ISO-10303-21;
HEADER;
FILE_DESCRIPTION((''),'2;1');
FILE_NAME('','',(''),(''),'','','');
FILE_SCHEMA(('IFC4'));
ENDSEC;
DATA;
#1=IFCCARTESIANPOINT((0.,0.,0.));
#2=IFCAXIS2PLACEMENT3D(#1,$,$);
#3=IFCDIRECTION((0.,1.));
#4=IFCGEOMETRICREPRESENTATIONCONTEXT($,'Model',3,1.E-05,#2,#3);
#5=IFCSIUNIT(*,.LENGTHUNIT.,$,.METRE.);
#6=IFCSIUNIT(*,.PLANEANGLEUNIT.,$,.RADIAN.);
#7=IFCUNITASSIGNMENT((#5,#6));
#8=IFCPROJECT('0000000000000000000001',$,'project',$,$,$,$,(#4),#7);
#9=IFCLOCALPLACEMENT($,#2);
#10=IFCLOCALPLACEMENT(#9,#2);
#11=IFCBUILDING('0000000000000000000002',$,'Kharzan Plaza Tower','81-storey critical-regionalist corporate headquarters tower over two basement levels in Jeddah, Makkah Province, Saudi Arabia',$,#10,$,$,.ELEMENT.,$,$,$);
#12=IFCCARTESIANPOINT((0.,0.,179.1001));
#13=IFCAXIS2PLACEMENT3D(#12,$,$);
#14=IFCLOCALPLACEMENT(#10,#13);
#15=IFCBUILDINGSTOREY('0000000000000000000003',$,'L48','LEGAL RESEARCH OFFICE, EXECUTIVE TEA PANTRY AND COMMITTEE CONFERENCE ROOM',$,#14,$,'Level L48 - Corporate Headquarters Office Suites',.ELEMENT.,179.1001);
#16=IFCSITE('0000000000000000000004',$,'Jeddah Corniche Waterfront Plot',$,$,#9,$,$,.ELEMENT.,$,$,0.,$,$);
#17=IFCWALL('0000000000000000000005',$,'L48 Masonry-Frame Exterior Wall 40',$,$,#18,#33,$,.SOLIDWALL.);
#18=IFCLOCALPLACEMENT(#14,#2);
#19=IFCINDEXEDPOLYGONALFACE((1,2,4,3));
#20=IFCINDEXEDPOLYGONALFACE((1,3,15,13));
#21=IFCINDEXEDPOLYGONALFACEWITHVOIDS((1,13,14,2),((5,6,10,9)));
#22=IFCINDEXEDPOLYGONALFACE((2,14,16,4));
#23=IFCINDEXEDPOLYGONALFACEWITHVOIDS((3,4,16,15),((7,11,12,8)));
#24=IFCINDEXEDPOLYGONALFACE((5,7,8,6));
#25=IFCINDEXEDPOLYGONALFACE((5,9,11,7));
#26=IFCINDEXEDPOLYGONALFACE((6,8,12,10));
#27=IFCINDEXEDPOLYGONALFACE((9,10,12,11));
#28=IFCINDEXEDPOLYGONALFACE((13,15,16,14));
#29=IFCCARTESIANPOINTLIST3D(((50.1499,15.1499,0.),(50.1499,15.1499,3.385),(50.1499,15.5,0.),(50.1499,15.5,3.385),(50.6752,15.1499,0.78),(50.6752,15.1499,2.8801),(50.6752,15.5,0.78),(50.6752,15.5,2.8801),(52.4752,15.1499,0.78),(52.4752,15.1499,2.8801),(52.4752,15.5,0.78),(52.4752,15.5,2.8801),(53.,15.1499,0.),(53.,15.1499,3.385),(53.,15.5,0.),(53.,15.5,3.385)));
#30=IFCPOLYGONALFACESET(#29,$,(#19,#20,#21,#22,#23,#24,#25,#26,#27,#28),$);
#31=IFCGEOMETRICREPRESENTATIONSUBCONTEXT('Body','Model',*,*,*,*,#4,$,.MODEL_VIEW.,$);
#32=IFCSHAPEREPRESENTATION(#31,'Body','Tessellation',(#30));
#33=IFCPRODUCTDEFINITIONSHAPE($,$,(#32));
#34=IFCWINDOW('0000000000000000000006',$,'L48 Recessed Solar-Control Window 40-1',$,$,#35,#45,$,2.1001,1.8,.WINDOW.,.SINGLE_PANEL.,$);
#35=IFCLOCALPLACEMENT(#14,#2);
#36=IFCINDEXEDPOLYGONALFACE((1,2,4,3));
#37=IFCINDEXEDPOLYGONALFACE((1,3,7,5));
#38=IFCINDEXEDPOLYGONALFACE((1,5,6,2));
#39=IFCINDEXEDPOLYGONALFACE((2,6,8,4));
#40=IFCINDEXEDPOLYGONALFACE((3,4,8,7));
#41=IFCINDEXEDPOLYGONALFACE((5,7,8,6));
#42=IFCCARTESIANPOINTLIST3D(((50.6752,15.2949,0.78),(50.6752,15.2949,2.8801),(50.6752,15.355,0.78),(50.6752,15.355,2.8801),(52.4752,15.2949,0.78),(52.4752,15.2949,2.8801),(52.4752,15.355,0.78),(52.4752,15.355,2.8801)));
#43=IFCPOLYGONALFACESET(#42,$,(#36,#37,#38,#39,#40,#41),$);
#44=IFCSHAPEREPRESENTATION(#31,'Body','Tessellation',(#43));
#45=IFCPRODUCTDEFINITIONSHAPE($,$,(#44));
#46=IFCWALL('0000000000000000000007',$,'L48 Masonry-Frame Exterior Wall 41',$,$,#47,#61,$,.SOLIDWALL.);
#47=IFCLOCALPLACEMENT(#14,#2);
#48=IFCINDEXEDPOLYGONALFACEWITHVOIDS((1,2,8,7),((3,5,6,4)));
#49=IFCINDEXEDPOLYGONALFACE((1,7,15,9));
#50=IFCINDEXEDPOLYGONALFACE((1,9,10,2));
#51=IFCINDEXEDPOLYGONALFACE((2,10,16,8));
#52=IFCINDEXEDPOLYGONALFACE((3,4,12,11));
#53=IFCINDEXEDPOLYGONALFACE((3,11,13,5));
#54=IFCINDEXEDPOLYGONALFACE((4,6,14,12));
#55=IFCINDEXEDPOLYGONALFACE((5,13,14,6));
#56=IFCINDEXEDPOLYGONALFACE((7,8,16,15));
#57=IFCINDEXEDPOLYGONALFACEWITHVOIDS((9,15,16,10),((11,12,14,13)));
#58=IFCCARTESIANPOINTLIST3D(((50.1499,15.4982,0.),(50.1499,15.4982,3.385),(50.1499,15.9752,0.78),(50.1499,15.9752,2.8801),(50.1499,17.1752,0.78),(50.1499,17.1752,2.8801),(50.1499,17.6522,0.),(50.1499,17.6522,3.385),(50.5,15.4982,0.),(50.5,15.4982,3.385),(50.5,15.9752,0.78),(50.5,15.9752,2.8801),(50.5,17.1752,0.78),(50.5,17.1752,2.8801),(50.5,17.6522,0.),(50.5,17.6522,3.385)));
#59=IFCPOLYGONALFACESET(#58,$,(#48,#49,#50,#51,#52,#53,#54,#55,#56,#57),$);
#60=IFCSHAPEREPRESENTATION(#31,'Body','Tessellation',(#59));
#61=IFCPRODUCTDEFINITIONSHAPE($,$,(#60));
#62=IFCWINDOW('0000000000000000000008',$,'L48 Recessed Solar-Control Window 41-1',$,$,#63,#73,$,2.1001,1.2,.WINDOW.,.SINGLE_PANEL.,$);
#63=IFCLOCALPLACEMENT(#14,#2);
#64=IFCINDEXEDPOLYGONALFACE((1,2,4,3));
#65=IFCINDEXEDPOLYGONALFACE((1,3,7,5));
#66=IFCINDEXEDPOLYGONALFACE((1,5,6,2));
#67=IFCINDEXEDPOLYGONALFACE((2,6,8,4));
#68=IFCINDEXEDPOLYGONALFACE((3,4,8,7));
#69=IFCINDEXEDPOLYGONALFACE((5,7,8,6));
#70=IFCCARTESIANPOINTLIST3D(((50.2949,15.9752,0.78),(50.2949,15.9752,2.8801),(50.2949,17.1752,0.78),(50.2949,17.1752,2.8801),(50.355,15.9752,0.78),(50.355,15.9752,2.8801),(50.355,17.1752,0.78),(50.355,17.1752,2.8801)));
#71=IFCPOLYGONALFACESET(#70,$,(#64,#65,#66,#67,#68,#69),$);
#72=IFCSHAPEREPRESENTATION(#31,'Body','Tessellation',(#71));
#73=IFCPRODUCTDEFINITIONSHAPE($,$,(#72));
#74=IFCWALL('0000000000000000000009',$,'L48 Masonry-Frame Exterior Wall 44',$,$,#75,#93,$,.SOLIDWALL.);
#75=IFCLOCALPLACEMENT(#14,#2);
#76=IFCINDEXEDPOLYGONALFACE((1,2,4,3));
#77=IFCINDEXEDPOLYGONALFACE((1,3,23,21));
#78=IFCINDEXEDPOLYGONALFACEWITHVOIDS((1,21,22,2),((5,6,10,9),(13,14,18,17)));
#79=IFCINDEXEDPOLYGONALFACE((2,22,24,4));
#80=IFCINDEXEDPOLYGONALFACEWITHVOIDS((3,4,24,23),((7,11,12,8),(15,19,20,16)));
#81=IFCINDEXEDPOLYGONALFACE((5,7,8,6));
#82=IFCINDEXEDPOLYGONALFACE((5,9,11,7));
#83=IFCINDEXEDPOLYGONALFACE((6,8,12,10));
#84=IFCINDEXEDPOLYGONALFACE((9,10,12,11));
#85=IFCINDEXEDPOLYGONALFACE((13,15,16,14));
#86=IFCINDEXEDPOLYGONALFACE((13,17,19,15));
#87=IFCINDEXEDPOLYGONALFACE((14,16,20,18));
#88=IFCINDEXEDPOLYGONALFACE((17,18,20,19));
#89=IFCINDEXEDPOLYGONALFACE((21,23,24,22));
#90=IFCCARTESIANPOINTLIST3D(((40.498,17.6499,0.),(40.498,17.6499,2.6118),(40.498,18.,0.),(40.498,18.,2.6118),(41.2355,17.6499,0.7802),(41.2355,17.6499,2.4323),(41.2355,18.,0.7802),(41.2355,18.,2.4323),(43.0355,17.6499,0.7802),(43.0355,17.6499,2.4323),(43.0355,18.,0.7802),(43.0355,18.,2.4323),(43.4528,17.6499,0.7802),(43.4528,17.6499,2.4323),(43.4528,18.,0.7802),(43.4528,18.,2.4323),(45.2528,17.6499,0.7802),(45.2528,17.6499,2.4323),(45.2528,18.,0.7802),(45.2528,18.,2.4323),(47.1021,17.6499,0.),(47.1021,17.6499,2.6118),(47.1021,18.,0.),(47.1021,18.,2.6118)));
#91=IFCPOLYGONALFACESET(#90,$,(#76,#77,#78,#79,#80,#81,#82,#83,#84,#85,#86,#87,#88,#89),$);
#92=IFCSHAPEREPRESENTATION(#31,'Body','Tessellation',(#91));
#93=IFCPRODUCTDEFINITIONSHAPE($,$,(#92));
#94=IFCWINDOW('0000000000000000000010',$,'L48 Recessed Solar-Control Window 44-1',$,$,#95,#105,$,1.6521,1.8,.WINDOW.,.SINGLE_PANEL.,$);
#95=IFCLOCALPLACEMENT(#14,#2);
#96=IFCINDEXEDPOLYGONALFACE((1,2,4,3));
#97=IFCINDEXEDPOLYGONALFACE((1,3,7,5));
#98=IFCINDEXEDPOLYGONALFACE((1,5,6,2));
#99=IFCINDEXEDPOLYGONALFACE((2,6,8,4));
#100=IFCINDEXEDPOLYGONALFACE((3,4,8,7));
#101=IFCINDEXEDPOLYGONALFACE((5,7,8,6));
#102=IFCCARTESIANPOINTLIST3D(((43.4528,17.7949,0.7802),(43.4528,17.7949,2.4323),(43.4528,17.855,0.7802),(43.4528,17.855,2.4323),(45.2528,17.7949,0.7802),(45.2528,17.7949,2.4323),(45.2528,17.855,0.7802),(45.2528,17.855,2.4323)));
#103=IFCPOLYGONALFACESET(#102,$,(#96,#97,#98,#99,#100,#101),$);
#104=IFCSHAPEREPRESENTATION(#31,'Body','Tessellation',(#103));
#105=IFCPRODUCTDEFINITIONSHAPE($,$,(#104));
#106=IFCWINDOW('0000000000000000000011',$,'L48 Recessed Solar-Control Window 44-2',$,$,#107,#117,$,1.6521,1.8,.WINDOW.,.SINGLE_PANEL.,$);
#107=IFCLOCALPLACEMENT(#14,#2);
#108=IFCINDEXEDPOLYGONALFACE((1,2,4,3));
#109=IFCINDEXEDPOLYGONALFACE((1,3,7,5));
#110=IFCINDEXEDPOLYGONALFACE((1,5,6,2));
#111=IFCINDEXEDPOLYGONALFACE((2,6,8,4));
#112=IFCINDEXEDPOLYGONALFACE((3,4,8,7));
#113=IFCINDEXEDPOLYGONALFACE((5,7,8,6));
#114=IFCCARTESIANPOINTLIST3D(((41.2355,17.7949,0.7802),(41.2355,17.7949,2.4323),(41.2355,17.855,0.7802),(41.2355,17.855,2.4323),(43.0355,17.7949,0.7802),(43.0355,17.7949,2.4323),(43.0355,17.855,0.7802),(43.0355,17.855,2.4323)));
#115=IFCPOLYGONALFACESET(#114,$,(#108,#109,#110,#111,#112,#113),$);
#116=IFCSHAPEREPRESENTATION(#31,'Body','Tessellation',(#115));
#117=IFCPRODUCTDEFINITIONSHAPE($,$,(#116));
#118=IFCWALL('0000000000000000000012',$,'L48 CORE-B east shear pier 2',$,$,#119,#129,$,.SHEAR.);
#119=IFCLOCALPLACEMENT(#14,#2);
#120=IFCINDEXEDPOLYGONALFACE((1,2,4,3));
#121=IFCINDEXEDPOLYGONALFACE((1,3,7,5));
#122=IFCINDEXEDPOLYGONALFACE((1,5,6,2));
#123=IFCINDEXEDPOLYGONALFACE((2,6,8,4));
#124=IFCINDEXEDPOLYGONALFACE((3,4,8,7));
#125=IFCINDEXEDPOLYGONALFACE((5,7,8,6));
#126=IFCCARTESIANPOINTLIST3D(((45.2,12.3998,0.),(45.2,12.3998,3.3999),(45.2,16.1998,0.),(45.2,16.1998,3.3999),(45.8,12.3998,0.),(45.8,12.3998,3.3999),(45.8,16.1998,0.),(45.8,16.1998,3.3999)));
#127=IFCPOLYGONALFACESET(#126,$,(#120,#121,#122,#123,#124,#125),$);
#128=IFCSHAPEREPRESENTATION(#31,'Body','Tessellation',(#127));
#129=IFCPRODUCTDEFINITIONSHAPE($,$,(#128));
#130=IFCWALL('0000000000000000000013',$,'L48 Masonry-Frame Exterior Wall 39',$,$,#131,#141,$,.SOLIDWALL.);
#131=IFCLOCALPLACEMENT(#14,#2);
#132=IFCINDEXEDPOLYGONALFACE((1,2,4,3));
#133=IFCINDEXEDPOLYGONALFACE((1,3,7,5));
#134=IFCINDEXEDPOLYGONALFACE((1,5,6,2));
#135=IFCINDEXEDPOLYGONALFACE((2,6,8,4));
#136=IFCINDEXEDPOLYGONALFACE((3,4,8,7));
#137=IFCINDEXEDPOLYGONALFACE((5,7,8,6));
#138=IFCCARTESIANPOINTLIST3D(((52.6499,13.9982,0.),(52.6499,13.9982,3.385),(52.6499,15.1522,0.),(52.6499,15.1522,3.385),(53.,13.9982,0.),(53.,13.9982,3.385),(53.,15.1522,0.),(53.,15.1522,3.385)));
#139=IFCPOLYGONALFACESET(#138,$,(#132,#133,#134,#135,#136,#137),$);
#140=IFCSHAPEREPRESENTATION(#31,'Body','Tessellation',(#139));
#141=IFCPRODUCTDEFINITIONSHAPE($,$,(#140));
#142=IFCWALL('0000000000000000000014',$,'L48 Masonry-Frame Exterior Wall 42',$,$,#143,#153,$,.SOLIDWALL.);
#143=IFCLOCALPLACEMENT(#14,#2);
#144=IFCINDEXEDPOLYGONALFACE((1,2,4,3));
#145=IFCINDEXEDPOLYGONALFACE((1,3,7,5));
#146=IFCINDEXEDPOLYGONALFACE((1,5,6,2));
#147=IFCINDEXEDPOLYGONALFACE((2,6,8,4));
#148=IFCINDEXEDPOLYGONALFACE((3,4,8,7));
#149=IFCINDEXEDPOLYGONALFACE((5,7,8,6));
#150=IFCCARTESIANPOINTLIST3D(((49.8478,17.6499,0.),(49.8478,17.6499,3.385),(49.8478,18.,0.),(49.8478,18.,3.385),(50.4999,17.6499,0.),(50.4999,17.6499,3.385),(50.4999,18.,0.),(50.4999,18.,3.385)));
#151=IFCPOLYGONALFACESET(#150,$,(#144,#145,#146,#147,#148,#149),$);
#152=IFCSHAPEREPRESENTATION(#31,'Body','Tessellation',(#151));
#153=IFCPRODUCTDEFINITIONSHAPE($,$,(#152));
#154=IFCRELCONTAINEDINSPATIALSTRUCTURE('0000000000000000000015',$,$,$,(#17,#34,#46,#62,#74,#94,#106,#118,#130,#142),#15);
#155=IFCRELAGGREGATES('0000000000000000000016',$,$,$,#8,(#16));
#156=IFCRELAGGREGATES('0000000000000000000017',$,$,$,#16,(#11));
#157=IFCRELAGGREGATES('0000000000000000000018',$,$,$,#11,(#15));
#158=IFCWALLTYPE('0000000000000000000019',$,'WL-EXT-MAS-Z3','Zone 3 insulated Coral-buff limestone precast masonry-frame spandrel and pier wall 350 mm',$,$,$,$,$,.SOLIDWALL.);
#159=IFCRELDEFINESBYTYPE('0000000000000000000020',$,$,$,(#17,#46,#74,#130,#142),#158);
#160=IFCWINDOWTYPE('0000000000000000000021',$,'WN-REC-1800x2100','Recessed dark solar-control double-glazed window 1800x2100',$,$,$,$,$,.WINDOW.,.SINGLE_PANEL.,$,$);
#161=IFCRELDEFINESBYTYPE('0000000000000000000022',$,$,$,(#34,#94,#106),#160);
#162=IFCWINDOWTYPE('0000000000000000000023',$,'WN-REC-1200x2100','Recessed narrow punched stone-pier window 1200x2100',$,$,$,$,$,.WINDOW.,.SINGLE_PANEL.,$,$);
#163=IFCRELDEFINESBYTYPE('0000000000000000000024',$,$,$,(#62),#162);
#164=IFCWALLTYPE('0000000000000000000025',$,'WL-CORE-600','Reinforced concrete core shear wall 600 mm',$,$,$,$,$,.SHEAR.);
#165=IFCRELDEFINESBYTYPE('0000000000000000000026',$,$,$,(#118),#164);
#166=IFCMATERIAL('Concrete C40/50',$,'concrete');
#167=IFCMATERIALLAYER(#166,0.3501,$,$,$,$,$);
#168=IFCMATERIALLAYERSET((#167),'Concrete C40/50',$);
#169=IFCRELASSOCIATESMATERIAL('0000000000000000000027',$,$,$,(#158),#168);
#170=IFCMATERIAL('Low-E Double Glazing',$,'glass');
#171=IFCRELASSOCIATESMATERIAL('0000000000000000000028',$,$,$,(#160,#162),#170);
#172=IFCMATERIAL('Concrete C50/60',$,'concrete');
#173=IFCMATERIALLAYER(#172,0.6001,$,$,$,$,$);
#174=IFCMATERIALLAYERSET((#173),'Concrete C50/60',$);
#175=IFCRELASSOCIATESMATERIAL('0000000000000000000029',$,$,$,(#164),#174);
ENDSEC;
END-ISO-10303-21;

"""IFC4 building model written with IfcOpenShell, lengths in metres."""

from ifc_helpers import new_model, si_unit, direction, frame, frame_2d, origin, place, context, subcontext, project, spatial, rectangle, extrude, source, transform, mapped, material, layer, layer_set, type_object, element, fill, save


model = new_model("IFC4")

# Units and contexts
model_context = context("Model", 3, precision=1e-05, world=origin(), true_north=direction((0.0, 1.0)))
body_context = subcontext(model_context, "Body", "Model", "MODEL_VIEW")
ifc_project = project(units=[si_unit("LENGTHUNIT", "METRE"), si_unit("PLANEANGLEUNIT", "RADIAN")], contexts=[model_context])

# Site, building, storey
site_placement = place(None, origin())
site = spatial("IfcSite", under=ifc_project, at=site_placement, Name="Jeddah Corniche Waterfront Plot", CompositionType="ELEMENT", RefElevation=0.0)
building_placement = place(site_placement, origin())
building = spatial("IfcBuilding", under=site, at=building_placement, Name="Kharzan Plaza Tower", Description="81-storey critical-regionalist corporate headquarters tower over two basement levels in Jeddah, Makkah Province, Saudi Arabia", CompositionType="ELEMENT")
storey_placement = place(building_placement, frame((0.0, 0.0, 179.1001)))
storey = spatial("IfcBuildingStorey", under=building, at=storey_placement, Name="L48", Description="LEGAL RESEARCH OFFICE, EXECUTIVE TEA PANTRY AND COMMITTEE CONFERENCE ROOM", LongName="Level L48 - Corporate Headquarters Office Suites", CompositionType="ELEMENT", Elevation=179.1001)

# Shared definitions
ifc_material_1 = material(Name="Concrete C50/60", Category="concrete")

# Walls, openings, windows
ifc_material_2 = material(Name="Concrete C40/50", Category="concrete")
ifc_layer_1 = layer(ifc_material_2, 0.3501)
ifc_layer_set_1 = layer_set([ifc_layer_1], Name="Concrete C40/50")
wall_type_1 = type_object("IfcWallType", Name="WL-EXT-MAS-Z3", Description="Zone 3 insulated Coral-buff limestone precast masonry-frame spandrel and pier wall 350 mm", PredefinedType="SOLIDWALL", material=ifc_layer_set_1)
wall_1_placement = place(storey_placement, frame((53.0, 15.325, 0.0), z_axis=(0.0, 0.0, 1.0), x_axis=(-1.0, 0.0, 0.0)))
wall_1 = element("IfcWall", 1, at=wall_1_placement, inside=storey, type_object=wall_type_1, Name="L48 Masonry-Frame Exterior Wall 40", PredefinedType="SOLIDWALL", context=body_context, shape_type="SweptSolid", body=[
    extrude(rectangle(XDim=2.8501, YDim=0.3501, at=frame_2d((1.425, 0.0))), origin(), (0.0, 0.0, 1.0), 3.385),
])
opening_1_placement = place(wall_1_placement, frame((0.5249, 0.0, 0.78)))
opening_1 = element("IfcOpeningElement", 2, at=opening_1_placement, cuts=wall_1, PredefinedType="OPENING", context=body_context, shape_type="SweptSolid", body=[
    extrude(rectangle(XDim=1.8, YDim=2.1001, at=frame_2d((0.8999, 1.05))), frame((0.0, 0.1851, 0.0), z_axis=(0.0, -1.0, 0.0), x_axis=(1.0, 0.0, 0.0)), (0.0, 0.0, 1.0), 0.3701),
])
ifc_material_3 = material(Name="Low-E Double Glazing", Category="glass")
window_type_1 = type_object("IfcWindowType", Name="WN-REC-1800x2100", Description="Recessed dark solar-control double-glazed window 1800x2100", PartitioningType="SINGLE_PANEL", PredefinedType="WINDOW", material=ifc_material_3)
shared_shape_1 = source(origin(), body_context, "Body", "SweptSolid", [
    extrude(rectangle(XDim=1.8, YDim=2.1001, at=frame_2d((0.8999, 1.05))), frame((0.0, 0.03, 0.0), z_axis=(0.0, -1.0, 0.0), x_axis=(1.0, 0.0, 0.0)), (0.0, 0.0, 1.0), 0.0601),
])
window_1_placement = place(opening_1_placement, origin())
window_1 = element("IfcWindow", 3, at=window_1_placement, inside=storey, type_object=window_type_1, Name="L48 Recessed Solar-Control Window 40-1", OverallHeight=2.1001, OverallWidth=1.8, PartitioningType="SINGLE_PANEL", PredefinedType="WINDOW", context=body_context, shape_type="MappedRepresentation", body=[
    mapped(shared_shape_1, transform((0.0, 0.0, 0.0), x_axis=(1.0, 0.0, 0.0), y_axis=(0.0, 1.0, 0.0), z_axis=(0.0, 0.0, 1.0))),
])
fill(opening_1, window_1)
wall_2_placement = place(storey_placement, frame((50.325, 15.498, 0.0), z_axis=(0.0, 0.0, 1.0), x_axis=(0.0, 1.0, 0.0)))
wall_2 = element("IfcWall", 4, at=wall_2_placement, inside=storey, type_object=wall_type_1, Name="L48 Masonry-Frame Exterior Wall 41", PredefinedType="SOLIDWALL", context=body_context, shape_type="SweptSolid", body=[
    extrude(rectangle(XDim=2.1541, YDim=0.3501, at=frame_2d((1.0771, 0.0))), origin(), (0.0, 0.0, 1.0), 3.385),
])
opening_2_placement = place(wall_2_placement, frame((0.4771, 0.0, 0.78)))
opening_2 = element("IfcOpeningElement", 5, at=opening_2_placement, cuts=wall_2, PredefinedType="OPENING", context=body_context, shape_type="SweptSolid", body=[
    extrude(rectangle(XDim=1.2, YDim=2.1001, at=frame_2d((0.6001, 1.05))), frame((0.0, 0.1851, 0.0), z_axis=(0.0, -1.0, 0.0), x_axis=(1.0, 0.0, 0.0)), (0.0, 0.0, 1.0), 0.3701),
])
window_type_2 = type_object("IfcWindowType", Name="WN-REC-1200x2100", Description="Recessed narrow punched stone-pier window 1200x2100", PartitioningType="SINGLE_PANEL", PredefinedType="WINDOW", material=ifc_material_3)
shared_shape_2 = source(origin(), body_context, "Body", "SweptSolid", [
    extrude(rectangle(XDim=1.2, YDim=2.1001, at=frame_2d((0.6001, 1.05))), frame((0.0, 0.03, 0.0), z_axis=(0.0, -1.0, 0.0), x_axis=(1.0, 0.0, 0.0)), (0.0, 0.0, 1.0), 0.0601),
])
window_2_placement = place(opening_2_placement, origin())
window_2 = element("IfcWindow", 6, at=window_2_placement, inside=storey, type_object=window_type_2, Name="L48 Recessed Solar-Control Window 41-1", OverallHeight=2.1001, OverallWidth=1.2, PartitioningType="SINGLE_PANEL", PredefinedType="WINDOW", context=body_context, shape_type="MappedRepresentation", body=[
    mapped(shared_shape_2, transform((0.0, 0.0, 0.0), x_axis=(1.0, 0.0, 0.0), y_axis=(0.0, 1.0, 0.0), z_axis=(0.0, 0.0, 1.0))),
])
fill(opening_2, window_2)

# Wall, openings, windows
wall_3_placement = place(storey_placement, frame((47.1021, 17.825, 0.0), z_axis=(0.0, 0.0, 1.0), x_axis=(-1.0, 0.0, 0.0)))
wall_3 = element("IfcWall", 7, at=wall_3_placement, inside=storey, type_object=wall_type_1, Name="L48 Masonry-Frame Exterior Wall 44", PredefinedType="SOLIDWALL", context=body_context, shape_type="SweptSolid", body=[
    extrude(rectangle(XDim=6.604, YDim=0.3501, at=frame_2d((3.302, 0.0))), origin(), (0.0, 0.0, 1.0), 2.6118),
])
opening_3_placement = place(wall_3_placement, frame((1.8494, 0.0, 0.78)))
opening_3 = element("IfcOpeningElement", 8, at=opening_3_placement, cuts=wall_3, PredefinedType="OPENING", context=body_context, shape_type="SweptSolid", body=[
    extrude(rectangle(XDim=1.8, YDim=1.6521, at=frame_2d((0.8999, 0.8262))), frame((0.0, 0.1851, 0.0), z_axis=(0.0, -1.0, 0.0), x_axis=(1.0, 0.0, 0.0)), (0.0, 0.0, 1.0), 0.3701),
])
opening_4_placement = place(wall_3_placement, frame((4.0667, 0.0, 0.78)))
opening_4 = element("IfcOpeningElement", 9, at=opening_4_placement, cuts=wall_3, PredefinedType="OPENING", context=body_context, shape_type="SweptSolid", body=[
    extrude(rectangle(XDim=1.8, YDim=1.6521, at=frame_2d((0.8999, 0.8262))), frame((0.0, 0.1851, 0.0), z_axis=(0.0, -1.0, 0.0), x_axis=(1.0, 0.0, 0.0)), (0.0, 0.0, 1.0), 0.3701),
])
shared_shape_3 = source(origin(), body_context, "Body", "SweptSolid", [
    extrude(rectangle(XDim=1.8, YDim=1.6521, at=frame_2d((0.8999, 0.8262))), frame((0.0, 0.03, 0.0), z_axis=(0.0, -1.0, 0.0), x_axis=(1.0, 0.0, 0.0)), (0.0, 0.0, 1.0), 0.0601),
])
window_3_placement = place(opening_3_placement, origin())
window_3 = element("IfcWindow", 10, at=window_3_placement, inside=storey, type_object=window_type_1, Name="L48 Recessed Solar-Control Window 44-1", OverallHeight=1.6521, OverallWidth=1.8, PartitioningType="SINGLE_PANEL", PredefinedType="WINDOW", context=body_context, shape_type="MappedRepresentation", body=[
    mapped(shared_shape_3, transform((0.0, 0.0, 0.0), x_axis=(1.0, 0.0, 0.0), y_axis=(0.0, 1.0, 0.0), z_axis=(0.0, 0.0, 1.0))),
])
fill(opening_3, window_3)
window_4_placement = place(opening_4_placement, origin())
window_4 = element("IfcWindow", 11, at=window_4_placement, inside=storey, type_object=window_type_1, Name="L48 Recessed Solar-Control Window 44-2", OverallHeight=1.6521, OverallWidth=1.8, PartitioningType="SINGLE_PANEL", PredefinedType="WINDOW", context=body_context, shape_type="MappedRepresentation", body=[
    mapped(shared_shape_3, transform((0.0, 0.0, 0.0), x_axis=(1.0, 0.0, 0.0), y_axis=(0.0, 1.0, 0.0), z_axis=(0.0, 0.0, 1.0))),
])
fill(opening_4, window_4)

# Walls
ifc_layer_2 = layer(ifc_material_1, 0.6001)
ifc_layer_set_2 = layer_set([ifc_layer_2], Name="Concrete C50/60")
wall_type_2 = type_object("IfcWallType", Name="WL-CORE-600", Description="Reinforced concrete core shear wall 600 mm", PredefinedType="SHEAR", material=ifc_layer_set_2)
shared_shape_4 = source(origin(), body_context, "Body", "SweptSolid", [
    extrude(rectangle(XDim=3.8, YDim=0.6001, at=frame_2d((1.8999, 0.0))), origin(), (0.0, 0.0, 1.0), 3.3999),
])
wall_4_placement = place(storey_placement, frame((45.5, 12.3999, 0.0), z_axis=(0.0, 0.0, 1.0), x_axis=(0.0, 1.0, 0.0)))
element("IfcWall", 12, at=wall_4_placement, inside=storey, type_object=wall_type_2, Name="L48 CORE-B east shear pier 2", PredefinedType="SHEAR", context=body_context, shape_type="MappedRepresentation", body=[
    mapped(shared_shape_4, transform((0.0, 0.0, 0.0), x_axis=(1.0, 0.0, 0.0), y_axis=(0.0, 1.0, 0.0), z_axis=(0.0, 0.0, 1.0))),
])
shared_shape_5 = source(origin(), body_context, "Body", "SweptSolid", [
    extrude(rectangle(XDim=1.1541, YDim=0.3501, at=frame_2d((0.5771, 0.0))), origin(), (0.0, 0.0, 1.0), 3.385),
])
wall_5_placement = place(storey_placement, frame((52.825, 13.998, 0.0), z_axis=(0.0, 0.0, 1.0), x_axis=(0.0, 1.0, 0.0)))
element("IfcWall", 13, at=wall_5_placement, inside=storey, type_object=wall_type_1, Name="L48 Masonry-Frame Exterior Wall 39", PredefinedType="SOLIDWALL", context=body_context, shape_type="MappedRepresentation", body=[
    mapped(shared_shape_5, transform((0.0, 0.0, 0.0), x_axis=(1.0, 0.0, 0.0), y_axis=(0.0, 1.0, 0.0), z_axis=(0.0, 0.0, 1.0))),
])
shared_shape_6 = source(origin(), body_context, "Body", "SweptSolid", [
    extrude(rectangle(XDim=0.6521, YDim=0.3501, at=frame_2d((0.3262, 0.0))), origin(), (0.0, 0.0, 1.0), 3.385),
])
wall_6_placement = place(storey_placement, frame((50.5, 17.825, 0.0), z_axis=(0.0, 0.0, 1.0), x_axis=(-1.0, 0.0, 0.0)))
element("IfcWall", 14, at=wall_6_placement, inside=storey, type_object=wall_type_1, Name="L48 Masonry-Frame Exterior Wall 42", PredefinedType="SOLIDWALL", context=body_context, shape_type="MappedRepresentation", body=[
    mapped(shared_shape_6, transform((0.0, 0.0, 0.0), x_axis=(1.0, 0.0, 0.0), y_axis=(0.0, 1.0, 0.0), z_axis=(0.0, 0.0, 1.0))),
])

save(model, "model.ifc")
